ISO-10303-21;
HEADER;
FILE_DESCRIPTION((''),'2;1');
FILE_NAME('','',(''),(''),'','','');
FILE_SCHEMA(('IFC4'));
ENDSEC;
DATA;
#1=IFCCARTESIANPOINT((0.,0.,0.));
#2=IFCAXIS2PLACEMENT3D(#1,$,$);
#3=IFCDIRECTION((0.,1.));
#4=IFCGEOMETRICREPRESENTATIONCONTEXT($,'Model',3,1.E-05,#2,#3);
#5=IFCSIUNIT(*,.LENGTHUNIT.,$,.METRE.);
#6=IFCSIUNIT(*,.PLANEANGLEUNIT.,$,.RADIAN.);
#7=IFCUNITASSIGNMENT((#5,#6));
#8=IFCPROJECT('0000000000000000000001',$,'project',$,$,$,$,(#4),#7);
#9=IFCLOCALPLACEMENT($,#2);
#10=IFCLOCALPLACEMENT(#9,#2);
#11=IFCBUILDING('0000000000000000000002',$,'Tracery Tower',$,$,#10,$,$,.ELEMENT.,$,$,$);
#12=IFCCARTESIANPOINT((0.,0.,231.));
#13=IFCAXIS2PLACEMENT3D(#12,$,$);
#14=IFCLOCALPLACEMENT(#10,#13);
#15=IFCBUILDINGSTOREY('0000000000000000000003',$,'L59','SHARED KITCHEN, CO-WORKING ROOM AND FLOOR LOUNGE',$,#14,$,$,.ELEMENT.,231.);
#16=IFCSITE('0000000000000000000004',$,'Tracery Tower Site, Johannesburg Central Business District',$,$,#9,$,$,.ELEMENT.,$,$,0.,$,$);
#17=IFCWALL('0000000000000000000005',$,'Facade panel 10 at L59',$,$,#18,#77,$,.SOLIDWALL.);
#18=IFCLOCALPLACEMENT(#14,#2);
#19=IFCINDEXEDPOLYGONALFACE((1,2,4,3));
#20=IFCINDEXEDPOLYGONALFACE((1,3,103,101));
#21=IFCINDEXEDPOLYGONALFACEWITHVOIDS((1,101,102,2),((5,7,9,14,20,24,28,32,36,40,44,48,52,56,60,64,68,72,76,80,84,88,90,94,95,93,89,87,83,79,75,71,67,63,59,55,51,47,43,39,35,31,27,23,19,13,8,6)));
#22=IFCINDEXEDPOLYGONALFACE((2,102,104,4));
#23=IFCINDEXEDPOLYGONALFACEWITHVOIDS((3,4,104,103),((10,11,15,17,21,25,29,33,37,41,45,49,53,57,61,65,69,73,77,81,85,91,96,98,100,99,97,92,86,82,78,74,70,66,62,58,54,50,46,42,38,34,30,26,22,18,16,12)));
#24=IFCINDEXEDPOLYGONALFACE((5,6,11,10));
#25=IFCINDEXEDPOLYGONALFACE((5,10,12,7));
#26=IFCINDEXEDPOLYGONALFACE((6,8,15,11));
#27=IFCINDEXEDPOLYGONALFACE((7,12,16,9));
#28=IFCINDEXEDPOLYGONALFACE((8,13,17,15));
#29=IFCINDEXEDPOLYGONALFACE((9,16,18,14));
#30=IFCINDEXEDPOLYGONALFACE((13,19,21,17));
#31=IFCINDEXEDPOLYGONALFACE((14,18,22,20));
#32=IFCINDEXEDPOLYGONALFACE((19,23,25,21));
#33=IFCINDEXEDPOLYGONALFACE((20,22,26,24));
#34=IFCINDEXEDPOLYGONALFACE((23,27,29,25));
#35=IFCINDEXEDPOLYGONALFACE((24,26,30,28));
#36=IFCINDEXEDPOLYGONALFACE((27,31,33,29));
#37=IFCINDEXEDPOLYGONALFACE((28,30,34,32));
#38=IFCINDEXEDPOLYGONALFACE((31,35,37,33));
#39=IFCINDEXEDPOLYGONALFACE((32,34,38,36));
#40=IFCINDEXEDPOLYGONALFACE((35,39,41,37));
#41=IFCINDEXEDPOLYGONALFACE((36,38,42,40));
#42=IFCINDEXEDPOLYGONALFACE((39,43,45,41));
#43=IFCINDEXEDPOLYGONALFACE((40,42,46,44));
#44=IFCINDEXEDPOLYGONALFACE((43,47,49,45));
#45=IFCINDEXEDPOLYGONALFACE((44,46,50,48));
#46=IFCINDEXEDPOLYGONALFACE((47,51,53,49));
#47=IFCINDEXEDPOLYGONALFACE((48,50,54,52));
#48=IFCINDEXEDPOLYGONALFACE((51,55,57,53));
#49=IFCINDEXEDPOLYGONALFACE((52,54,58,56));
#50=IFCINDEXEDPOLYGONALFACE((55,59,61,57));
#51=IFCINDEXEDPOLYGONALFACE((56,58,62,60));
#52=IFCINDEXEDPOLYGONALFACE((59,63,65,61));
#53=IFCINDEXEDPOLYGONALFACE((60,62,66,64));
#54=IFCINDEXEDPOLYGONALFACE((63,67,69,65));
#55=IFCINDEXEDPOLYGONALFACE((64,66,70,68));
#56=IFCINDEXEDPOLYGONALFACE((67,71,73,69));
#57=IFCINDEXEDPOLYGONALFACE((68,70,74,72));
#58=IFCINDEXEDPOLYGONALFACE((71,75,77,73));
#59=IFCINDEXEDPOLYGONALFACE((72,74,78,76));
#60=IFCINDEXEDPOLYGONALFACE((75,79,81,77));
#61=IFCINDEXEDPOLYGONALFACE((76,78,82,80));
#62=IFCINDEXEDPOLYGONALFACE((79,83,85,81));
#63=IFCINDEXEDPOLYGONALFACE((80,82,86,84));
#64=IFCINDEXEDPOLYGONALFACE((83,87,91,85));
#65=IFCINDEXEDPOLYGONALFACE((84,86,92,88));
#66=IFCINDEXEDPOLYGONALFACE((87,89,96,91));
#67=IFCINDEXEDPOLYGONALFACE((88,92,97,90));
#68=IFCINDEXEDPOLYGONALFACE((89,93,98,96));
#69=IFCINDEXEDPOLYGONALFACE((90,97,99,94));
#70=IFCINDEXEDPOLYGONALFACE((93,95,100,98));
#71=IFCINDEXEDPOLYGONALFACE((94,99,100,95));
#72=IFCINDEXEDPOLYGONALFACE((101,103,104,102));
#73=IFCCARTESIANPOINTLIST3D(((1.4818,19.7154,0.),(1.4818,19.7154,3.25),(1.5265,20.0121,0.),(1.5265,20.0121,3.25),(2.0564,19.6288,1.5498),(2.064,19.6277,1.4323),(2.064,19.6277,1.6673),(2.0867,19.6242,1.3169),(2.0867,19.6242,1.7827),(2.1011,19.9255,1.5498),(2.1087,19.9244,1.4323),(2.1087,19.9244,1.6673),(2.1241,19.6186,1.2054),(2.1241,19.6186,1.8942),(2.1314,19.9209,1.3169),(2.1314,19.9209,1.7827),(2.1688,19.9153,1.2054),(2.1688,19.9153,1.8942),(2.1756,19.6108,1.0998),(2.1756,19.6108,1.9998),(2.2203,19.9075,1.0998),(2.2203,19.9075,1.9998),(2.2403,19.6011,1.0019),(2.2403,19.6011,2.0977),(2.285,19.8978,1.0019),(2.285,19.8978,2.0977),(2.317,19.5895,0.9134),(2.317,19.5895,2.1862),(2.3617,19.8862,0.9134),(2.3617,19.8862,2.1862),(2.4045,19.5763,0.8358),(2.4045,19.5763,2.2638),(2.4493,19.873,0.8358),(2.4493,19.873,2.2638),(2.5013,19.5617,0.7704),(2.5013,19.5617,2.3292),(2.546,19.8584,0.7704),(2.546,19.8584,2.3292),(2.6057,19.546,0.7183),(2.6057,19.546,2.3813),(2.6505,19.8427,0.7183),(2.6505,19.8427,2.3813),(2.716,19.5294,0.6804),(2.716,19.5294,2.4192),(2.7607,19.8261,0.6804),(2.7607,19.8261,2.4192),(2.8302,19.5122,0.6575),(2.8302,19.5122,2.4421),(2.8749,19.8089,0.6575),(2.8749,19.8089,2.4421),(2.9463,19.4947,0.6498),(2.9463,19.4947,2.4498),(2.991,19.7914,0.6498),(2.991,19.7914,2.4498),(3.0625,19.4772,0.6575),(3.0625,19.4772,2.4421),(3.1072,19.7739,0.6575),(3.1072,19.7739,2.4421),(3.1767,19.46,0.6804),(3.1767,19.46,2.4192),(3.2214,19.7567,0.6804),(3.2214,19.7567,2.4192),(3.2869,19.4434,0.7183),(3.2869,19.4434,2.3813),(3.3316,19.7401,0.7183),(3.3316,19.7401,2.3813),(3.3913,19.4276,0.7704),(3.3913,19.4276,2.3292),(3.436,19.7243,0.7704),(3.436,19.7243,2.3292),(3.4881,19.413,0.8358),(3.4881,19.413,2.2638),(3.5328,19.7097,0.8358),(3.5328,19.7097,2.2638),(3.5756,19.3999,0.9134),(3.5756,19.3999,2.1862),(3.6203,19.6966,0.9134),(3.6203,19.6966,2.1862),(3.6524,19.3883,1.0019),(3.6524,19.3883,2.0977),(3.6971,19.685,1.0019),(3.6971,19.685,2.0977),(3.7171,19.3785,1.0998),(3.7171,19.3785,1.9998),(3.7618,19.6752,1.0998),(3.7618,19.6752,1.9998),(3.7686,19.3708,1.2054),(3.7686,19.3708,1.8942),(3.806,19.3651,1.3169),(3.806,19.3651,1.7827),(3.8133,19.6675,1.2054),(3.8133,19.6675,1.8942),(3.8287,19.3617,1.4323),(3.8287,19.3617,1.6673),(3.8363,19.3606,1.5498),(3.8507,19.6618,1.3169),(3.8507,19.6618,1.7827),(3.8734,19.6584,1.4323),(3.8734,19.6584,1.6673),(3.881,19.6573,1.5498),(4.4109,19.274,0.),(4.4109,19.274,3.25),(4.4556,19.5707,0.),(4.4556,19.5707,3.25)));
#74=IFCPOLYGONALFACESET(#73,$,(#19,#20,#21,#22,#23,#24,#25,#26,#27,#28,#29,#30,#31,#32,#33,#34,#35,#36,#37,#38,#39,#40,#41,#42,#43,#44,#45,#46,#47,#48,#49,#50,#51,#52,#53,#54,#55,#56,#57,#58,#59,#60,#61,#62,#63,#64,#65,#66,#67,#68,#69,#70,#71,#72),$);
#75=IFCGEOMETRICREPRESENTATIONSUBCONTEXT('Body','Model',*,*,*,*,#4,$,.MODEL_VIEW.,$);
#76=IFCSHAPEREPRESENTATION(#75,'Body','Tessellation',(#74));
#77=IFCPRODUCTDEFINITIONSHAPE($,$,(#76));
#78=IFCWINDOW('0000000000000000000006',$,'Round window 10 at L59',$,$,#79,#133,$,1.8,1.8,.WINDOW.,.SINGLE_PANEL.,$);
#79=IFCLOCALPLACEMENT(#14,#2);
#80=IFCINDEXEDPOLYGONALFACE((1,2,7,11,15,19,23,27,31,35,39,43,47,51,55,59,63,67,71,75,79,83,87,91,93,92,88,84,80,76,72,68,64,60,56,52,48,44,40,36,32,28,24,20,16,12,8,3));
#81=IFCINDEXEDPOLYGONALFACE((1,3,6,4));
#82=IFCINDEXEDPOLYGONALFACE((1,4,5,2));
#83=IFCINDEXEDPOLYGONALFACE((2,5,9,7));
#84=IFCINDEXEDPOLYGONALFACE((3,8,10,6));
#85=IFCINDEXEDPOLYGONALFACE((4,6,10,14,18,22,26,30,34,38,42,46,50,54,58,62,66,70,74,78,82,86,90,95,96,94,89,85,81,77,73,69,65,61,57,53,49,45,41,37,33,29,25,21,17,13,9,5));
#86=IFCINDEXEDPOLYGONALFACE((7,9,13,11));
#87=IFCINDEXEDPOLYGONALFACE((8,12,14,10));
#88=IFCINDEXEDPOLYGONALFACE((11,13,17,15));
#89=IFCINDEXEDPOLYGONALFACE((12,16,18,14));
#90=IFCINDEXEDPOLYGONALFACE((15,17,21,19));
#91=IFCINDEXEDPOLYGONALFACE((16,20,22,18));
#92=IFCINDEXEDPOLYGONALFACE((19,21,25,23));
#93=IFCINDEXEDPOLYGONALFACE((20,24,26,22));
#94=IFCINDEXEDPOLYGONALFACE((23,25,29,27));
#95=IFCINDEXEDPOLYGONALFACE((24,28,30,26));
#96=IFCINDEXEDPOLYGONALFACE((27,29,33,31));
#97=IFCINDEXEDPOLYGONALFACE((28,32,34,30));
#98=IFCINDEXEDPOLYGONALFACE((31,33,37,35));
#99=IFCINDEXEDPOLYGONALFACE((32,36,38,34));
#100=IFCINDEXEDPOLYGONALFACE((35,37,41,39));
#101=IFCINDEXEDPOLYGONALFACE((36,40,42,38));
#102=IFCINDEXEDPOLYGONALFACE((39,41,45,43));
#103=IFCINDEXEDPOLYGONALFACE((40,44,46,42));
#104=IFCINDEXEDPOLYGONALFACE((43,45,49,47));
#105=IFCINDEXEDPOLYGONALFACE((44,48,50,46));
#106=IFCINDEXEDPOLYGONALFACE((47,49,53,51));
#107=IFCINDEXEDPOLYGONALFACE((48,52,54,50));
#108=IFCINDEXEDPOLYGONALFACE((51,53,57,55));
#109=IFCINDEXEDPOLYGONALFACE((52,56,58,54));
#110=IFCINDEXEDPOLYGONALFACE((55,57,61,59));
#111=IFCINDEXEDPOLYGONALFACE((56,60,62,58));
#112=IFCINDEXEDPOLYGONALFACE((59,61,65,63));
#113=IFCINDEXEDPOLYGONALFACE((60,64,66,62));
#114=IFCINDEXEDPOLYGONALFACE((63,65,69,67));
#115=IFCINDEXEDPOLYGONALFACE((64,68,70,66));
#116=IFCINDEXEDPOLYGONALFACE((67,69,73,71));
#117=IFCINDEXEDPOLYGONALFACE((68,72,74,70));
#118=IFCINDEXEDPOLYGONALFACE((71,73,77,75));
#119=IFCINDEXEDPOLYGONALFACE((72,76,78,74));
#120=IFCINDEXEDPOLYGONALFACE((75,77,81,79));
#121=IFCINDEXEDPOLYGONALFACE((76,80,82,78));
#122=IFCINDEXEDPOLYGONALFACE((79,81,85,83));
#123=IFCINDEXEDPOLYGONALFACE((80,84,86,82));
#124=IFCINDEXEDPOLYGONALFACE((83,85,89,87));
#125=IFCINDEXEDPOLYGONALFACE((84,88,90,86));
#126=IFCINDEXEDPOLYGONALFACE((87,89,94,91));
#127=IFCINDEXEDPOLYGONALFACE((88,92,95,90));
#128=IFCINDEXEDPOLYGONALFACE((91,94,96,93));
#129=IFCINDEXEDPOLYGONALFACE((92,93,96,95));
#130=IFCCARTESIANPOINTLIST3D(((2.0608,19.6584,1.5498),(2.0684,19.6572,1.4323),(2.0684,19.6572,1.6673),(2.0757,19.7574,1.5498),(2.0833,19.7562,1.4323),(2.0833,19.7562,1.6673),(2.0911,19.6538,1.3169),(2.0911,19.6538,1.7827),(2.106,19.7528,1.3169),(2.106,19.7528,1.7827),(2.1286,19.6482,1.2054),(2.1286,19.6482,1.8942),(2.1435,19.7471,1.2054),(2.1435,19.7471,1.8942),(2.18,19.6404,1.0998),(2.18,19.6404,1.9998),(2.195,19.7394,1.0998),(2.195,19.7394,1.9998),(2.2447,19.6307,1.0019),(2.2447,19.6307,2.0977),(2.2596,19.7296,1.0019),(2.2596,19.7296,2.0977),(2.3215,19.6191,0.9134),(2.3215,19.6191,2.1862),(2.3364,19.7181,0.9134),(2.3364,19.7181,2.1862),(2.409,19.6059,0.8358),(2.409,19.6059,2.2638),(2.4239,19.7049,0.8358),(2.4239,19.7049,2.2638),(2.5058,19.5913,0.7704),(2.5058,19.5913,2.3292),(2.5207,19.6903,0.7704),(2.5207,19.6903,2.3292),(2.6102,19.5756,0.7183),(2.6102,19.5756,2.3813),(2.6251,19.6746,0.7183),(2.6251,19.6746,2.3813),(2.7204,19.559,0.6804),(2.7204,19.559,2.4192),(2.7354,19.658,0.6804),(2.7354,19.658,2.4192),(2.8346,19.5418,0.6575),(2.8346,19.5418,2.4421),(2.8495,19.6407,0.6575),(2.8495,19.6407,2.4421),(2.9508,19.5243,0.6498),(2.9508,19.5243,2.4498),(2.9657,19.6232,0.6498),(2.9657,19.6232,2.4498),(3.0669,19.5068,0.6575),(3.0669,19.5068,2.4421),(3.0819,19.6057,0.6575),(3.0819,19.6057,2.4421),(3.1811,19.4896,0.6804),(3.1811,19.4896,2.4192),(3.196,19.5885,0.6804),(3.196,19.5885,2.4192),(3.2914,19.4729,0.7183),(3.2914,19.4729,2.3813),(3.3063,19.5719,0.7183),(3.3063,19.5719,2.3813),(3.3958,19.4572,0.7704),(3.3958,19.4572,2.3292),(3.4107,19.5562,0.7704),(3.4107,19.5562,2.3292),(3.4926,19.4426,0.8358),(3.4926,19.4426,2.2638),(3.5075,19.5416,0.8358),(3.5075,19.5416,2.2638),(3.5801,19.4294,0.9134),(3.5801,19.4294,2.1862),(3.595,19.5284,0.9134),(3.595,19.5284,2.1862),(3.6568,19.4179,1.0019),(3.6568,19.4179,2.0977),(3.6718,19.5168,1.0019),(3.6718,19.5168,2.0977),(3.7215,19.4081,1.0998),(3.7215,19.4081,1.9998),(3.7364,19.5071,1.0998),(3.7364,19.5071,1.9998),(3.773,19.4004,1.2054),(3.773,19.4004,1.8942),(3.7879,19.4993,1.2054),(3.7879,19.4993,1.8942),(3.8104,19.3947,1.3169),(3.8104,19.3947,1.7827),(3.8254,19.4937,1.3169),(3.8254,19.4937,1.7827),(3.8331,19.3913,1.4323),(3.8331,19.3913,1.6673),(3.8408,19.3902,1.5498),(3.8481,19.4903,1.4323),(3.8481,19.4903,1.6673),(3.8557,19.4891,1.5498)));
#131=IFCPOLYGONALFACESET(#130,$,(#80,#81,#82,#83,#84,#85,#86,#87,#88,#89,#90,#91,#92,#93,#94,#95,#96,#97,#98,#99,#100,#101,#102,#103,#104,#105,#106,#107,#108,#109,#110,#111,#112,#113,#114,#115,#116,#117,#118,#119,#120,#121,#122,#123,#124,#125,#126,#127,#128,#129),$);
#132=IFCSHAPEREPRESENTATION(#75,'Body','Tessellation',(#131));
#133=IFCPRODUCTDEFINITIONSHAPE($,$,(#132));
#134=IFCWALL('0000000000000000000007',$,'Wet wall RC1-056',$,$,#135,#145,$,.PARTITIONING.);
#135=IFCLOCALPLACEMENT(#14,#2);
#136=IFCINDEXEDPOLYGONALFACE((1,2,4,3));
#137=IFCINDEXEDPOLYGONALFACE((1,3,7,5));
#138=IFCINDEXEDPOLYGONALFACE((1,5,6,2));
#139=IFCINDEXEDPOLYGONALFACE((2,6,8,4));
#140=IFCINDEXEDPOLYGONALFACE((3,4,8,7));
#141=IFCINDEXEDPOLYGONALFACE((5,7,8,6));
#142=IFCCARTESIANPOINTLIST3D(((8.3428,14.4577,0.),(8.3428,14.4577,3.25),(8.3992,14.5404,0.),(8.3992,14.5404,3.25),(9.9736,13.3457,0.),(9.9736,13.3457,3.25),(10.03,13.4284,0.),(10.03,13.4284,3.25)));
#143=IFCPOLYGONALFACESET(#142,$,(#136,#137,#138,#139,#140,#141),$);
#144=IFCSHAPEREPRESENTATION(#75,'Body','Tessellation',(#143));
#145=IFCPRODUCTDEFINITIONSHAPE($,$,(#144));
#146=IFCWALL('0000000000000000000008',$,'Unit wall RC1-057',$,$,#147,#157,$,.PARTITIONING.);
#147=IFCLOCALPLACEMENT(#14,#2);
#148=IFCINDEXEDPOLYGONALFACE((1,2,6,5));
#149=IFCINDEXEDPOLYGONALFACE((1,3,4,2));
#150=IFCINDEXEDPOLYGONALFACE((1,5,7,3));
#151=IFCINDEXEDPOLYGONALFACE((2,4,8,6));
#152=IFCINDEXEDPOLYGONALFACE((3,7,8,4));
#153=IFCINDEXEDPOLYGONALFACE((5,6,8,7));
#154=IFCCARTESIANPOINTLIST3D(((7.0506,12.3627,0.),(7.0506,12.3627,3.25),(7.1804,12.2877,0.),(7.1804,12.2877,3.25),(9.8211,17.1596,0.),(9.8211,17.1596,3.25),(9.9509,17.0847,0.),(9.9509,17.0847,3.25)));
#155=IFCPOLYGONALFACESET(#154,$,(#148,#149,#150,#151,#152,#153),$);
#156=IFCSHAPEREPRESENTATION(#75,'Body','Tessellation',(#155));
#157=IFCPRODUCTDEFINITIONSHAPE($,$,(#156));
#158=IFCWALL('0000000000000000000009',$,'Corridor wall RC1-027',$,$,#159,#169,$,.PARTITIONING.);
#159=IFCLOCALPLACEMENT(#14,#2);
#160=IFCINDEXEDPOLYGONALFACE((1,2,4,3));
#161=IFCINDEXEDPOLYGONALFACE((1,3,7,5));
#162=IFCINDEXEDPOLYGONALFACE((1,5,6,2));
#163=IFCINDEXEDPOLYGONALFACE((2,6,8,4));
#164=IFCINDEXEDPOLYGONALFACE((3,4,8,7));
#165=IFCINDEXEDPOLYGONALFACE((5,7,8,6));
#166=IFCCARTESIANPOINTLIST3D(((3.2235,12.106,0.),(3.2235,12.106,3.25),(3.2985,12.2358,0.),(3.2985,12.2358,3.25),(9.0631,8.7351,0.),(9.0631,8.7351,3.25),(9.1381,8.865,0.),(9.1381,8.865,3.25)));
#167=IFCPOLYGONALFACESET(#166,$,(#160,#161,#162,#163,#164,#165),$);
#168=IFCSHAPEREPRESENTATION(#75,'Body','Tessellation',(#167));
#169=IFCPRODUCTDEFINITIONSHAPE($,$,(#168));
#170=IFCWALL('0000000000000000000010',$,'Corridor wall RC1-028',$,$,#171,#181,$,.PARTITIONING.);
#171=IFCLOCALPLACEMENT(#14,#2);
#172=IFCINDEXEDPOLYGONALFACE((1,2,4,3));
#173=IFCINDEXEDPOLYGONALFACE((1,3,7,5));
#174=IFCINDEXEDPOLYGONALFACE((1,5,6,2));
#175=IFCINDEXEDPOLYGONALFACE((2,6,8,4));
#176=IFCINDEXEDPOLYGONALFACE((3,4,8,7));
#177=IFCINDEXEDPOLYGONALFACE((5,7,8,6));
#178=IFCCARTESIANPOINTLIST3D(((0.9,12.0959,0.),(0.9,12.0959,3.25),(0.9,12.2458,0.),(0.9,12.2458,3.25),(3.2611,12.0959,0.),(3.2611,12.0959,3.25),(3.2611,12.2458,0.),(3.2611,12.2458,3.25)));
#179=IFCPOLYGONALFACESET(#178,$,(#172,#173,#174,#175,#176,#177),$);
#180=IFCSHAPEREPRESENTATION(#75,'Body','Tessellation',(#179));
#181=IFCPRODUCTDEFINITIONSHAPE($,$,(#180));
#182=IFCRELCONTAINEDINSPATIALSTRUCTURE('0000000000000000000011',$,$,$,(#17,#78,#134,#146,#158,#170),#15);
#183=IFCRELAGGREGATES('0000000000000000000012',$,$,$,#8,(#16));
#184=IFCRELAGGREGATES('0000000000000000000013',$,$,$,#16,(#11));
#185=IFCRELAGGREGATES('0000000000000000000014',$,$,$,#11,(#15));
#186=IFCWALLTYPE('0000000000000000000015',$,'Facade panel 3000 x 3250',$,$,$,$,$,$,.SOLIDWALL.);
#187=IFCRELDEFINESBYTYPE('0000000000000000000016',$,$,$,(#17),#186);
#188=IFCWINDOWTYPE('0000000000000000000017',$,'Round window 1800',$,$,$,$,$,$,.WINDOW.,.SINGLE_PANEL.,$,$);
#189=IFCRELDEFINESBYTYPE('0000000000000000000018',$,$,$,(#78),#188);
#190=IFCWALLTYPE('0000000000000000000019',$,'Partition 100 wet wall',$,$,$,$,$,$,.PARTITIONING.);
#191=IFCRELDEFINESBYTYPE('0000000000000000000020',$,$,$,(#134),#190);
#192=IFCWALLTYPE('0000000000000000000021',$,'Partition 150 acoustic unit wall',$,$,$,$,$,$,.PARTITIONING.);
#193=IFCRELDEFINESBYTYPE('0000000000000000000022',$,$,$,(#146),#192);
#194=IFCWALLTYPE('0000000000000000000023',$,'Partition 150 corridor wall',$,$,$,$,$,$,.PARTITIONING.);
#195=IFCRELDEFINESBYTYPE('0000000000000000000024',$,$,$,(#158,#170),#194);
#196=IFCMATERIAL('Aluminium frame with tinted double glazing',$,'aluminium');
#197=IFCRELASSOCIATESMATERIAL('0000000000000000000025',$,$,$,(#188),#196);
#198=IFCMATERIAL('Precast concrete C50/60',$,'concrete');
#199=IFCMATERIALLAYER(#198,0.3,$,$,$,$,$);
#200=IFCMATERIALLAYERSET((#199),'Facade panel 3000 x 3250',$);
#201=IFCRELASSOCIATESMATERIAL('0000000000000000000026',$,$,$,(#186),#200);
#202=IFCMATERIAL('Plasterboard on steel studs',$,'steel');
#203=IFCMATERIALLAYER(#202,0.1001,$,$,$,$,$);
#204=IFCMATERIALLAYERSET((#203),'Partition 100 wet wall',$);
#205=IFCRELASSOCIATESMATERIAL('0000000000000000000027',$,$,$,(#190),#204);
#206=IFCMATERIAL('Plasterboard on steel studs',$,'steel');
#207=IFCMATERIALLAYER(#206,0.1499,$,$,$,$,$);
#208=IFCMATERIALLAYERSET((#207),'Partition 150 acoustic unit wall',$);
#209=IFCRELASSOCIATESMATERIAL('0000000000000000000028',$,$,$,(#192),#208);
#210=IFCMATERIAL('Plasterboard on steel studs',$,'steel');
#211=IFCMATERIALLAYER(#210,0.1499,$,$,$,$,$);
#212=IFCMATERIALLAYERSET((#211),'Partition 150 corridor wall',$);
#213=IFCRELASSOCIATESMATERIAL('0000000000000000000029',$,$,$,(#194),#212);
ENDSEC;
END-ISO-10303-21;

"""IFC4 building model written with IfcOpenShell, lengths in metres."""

from ifc_helpers import new_model, si_unit, direction, frame, frame_2d, origin, origin_2d, place, context, subcontext, project, spatial, rectangle, circle, extrude, material, layer, layer_set, type_object, element, fill, save


model = new_model("IFC4")

# Units and contexts
model_context = context("Model", 3, precision=1e-05, world=origin(), true_north=direction((0.0, 1.0)))
body_context = subcontext(model_context, "Body", "Model", "MODEL_VIEW")
ifc_project = project(units=[si_unit("LENGTHUNIT", "METRE"), si_unit("PLANEANGLEUNIT", "RADIAN")], contexts=[model_context])

# Site, building, storey
site_placement = place(None, origin())
site = spatial("IfcSite", under=ifc_project, at=site_placement, Name="Tracery Tower Site, Johannesburg Central Business District", CompositionType="ELEMENT", RefElevation=0.0)
building_placement = place(site_placement, origin())
building = spatial("IfcBuilding", under=site, at=building_placement, Name="Tracery Tower", CompositionType="ELEMENT")
storey_placement = place(building_placement, frame((0.0, 0.0, 231.0)))
storey = spatial("IfcBuildingStorey", under=building, at=storey_placement, Name="L59", Description="SHARED KITCHEN, CO-WORKING ROOM AND FLOOR LOUNGE", CompositionType="ELEMENT", Elevation=231.0)

# Wall, opening, window
ifc_material_1 = material(Name="Aluminium frame with tinted double glazing", Category="aluminium")
window_type = type_object("IfcWindowType", Name="Round window 1800", PartitioningType="SINGLE_PANEL", PredefinedType="WINDOW", material=ifc_material_1)
ifc_material_2 = material(Name="Precast concrete C50/60", Category="concrete")
ifc_layer_1 = layer(ifc_material_2, 0.3)
ifc_layer_set_1 = layer_set([ifc_layer_1], Name="Facade panel 3000 x 3250")
wall_type_1 = type_object("IfcWallType", Name="Facade panel 3000 x 3250", PredefinedType="SOLIDWALL", material=ifc_layer_set_1)
wall_1_placement = place(storey_placement, frame((4.4331, 19.4224, 0.0), z_axis=(0.0, 0.0, 1.0), x_axis=(-0.988836, 0.149009, 0.0)))
wall_1 = element("IfcWall", 1, at=wall_1_placement, inside=storey, type_object=wall_type_1, Name="Facade panel 10 at L59", PredefinedType="SOLIDWALL", context=body_context, shape_type="SweptSolid", body=[
    extrude(rectangle(XDim=2.9622, YDim=0.3, at=frame_2d((1.481, 0.0))), origin(), (0.0, 0.0, 1.0), 3.25),
])
opening_1_placement = place(wall_1_placement, frame((1.481, 0.0, 1.5498)))
opening_1 = element("IfcOpeningElement", 2, at=opening_1_placement, cuts=wall_1, PredefinedType="OPENING", context=body_context, shape_type="SweptSolid", body=[
    extrude(circle(Radius=0.9, at=origin_2d()), frame((0.0, 0.1599, 0.0), z_axis=(0.0, -1.0, 0.0), x_axis=(1.0, 0.0, 0.0)), (0.0, 0.0, 1.0), 0.3201),
])
window_1_placement = place(opening_1_placement, origin())
window_1 = element("IfcWindow", 3, at=window_1_placement, inside=storey, type_object=window_type, Name="Round window 10 at L59", OverallHeight=1.8, OverallWidth=1.8, PartitioningType="SINGLE_PANEL", PredefinedType="WINDOW", context=body_context, shape_type="SweptSolid", body=[
    extrude(circle(Radius=0.9, at=origin_2d()), frame((0.0, 0.1201, 0.0), z_axis=(0.0, -1.0, 0.0), x_axis=(1.0, 0.0, 0.0)), (0.0, 0.0, 1.0), 0.1001),
])
fill(opening_1, window_1)

# Walls
ifc_material_3 = material(Name="Plasterboard on steel studs", Category="steel")
ifc_layer_2 = layer(ifc_material_3, 0.1001)
ifc_layer_set_2 = layer_set([ifc_layer_2], Name="Partition 100 wet wall")
wall_type_2 = type_object("IfcWallType", Name="Partition 100 wet wall", PredefinedType="PARTITIONING", material=ifc_layer_set_2)
wall_2_placement = place(storey_placement, frame((8.3711, 14.499, 0.0), z_axis=(0.0, 0.0, 1.0), x_axis=(0.826201, -0.563375, 0.0)))
element("IfcWall", 4, at=wall_2_placement, inside=storey, type_object=wall_type_2, Name="Wet wall RC1-056", PredefinedType="PARTITIONING", context=body_context, shape_type="SweptSolid", body=[
    extrude(rectangle(XDim=1.9739, YDim=0.1001, at=frame_2d((0.9868, 0.0))), origin(), (0.0, 0.0, 1.0), 3.25),
])
ifc_material_4 = material(Name="Plasterboard on steel studs", Category="steel")
ifc_layer_3 = layer(ifc_material_4, 0.1499)
ifc_layer_set_3 = layer_set([ifc_layer_3], Name="Partition 150 acoustic unit wall")
wall_type_3 = type_object("IfcWallType", Name="Partition 150 acoustic unit wall", PredefinedType="PARTITIONING", material=ifc_layer_set_3)
wall_3_placement = place(storey_placement, frame((7.1155, 12.3252, 0.0), z_axis=(0.0, 0.0, 1.0), x_axis=(0.50014, 0.865945, 0.0)))
element("IfcWall", 5, at=wall_3_placement, inside=storey, type_object=wall_type_3, Name="Unit wall RC1-057", PredefinedType="PARTITIONING", context=body_context, shape_type="SweptSolid", body=[
    extrude(rectangle(XDim=5.5396, YDim=0.1499, at=frame_2d((2.7698, 0.0))), origin(), (0.0, 0.0, 1.0), 3.25),
])
ifc_material_5 = material(Name="Plasterboard on steel studs", Category="steel")
ifc_layer_4 = layer(ifc_material_5, 0.1499)
ifc_layer_set_4 = layer_set([ifc_layer_4], Name="Partition 150 corridor wall")
wall_type_4 = type_object("IfcWallType", Name="Partition 150 corridor wall", PredefinedType="PARTITIONING", material=ifc_layer_set_4)
wall_4_placement = place(storey_placement, frame((3.261, 12.1709, 0.0), z_axis=(0.0, 0.0, 1.0), x_axis=(0.866067, -0.499928, 0.0)))
element("IfcWall", 6, at=wall_4_placement, inside=storey, type_object=wall_type_4, Name="Corridor wall RC1-027", PredefinedType="PARTITIONING", context=body_context, shape_type="SweptSolid", body=[
    extrude(rectangle(XDim=6.7427, YDim=0.1499, at=frame_2d((3.3713, 0.0))), origin(), (0.0, 0.0, 1.0), 3.25),
])
wall_5_placement = place(storey_placement, frame((0.8999, 12.1709, 0.0), z_axis=(0.0, 0.0, 1.0), x_axis=(1.0, 0.0, 0.0)))
element("IfcWall", 7, at=wall_5_placement, inside=storey, type_object=wall_type_4, Name="Corridor wall RC1-028", PredefinedType="PARTITIONING", context=body_context, shape_type="SweptSolid", body=[
    extrude(rectangle(XDim=2.3611, YDim=0.1499, at=frame_2d((1.1807, 0.0))), origin(), (0.0, 0.0, 1.0), 3.25),
])

save(model, "model.ifc")
